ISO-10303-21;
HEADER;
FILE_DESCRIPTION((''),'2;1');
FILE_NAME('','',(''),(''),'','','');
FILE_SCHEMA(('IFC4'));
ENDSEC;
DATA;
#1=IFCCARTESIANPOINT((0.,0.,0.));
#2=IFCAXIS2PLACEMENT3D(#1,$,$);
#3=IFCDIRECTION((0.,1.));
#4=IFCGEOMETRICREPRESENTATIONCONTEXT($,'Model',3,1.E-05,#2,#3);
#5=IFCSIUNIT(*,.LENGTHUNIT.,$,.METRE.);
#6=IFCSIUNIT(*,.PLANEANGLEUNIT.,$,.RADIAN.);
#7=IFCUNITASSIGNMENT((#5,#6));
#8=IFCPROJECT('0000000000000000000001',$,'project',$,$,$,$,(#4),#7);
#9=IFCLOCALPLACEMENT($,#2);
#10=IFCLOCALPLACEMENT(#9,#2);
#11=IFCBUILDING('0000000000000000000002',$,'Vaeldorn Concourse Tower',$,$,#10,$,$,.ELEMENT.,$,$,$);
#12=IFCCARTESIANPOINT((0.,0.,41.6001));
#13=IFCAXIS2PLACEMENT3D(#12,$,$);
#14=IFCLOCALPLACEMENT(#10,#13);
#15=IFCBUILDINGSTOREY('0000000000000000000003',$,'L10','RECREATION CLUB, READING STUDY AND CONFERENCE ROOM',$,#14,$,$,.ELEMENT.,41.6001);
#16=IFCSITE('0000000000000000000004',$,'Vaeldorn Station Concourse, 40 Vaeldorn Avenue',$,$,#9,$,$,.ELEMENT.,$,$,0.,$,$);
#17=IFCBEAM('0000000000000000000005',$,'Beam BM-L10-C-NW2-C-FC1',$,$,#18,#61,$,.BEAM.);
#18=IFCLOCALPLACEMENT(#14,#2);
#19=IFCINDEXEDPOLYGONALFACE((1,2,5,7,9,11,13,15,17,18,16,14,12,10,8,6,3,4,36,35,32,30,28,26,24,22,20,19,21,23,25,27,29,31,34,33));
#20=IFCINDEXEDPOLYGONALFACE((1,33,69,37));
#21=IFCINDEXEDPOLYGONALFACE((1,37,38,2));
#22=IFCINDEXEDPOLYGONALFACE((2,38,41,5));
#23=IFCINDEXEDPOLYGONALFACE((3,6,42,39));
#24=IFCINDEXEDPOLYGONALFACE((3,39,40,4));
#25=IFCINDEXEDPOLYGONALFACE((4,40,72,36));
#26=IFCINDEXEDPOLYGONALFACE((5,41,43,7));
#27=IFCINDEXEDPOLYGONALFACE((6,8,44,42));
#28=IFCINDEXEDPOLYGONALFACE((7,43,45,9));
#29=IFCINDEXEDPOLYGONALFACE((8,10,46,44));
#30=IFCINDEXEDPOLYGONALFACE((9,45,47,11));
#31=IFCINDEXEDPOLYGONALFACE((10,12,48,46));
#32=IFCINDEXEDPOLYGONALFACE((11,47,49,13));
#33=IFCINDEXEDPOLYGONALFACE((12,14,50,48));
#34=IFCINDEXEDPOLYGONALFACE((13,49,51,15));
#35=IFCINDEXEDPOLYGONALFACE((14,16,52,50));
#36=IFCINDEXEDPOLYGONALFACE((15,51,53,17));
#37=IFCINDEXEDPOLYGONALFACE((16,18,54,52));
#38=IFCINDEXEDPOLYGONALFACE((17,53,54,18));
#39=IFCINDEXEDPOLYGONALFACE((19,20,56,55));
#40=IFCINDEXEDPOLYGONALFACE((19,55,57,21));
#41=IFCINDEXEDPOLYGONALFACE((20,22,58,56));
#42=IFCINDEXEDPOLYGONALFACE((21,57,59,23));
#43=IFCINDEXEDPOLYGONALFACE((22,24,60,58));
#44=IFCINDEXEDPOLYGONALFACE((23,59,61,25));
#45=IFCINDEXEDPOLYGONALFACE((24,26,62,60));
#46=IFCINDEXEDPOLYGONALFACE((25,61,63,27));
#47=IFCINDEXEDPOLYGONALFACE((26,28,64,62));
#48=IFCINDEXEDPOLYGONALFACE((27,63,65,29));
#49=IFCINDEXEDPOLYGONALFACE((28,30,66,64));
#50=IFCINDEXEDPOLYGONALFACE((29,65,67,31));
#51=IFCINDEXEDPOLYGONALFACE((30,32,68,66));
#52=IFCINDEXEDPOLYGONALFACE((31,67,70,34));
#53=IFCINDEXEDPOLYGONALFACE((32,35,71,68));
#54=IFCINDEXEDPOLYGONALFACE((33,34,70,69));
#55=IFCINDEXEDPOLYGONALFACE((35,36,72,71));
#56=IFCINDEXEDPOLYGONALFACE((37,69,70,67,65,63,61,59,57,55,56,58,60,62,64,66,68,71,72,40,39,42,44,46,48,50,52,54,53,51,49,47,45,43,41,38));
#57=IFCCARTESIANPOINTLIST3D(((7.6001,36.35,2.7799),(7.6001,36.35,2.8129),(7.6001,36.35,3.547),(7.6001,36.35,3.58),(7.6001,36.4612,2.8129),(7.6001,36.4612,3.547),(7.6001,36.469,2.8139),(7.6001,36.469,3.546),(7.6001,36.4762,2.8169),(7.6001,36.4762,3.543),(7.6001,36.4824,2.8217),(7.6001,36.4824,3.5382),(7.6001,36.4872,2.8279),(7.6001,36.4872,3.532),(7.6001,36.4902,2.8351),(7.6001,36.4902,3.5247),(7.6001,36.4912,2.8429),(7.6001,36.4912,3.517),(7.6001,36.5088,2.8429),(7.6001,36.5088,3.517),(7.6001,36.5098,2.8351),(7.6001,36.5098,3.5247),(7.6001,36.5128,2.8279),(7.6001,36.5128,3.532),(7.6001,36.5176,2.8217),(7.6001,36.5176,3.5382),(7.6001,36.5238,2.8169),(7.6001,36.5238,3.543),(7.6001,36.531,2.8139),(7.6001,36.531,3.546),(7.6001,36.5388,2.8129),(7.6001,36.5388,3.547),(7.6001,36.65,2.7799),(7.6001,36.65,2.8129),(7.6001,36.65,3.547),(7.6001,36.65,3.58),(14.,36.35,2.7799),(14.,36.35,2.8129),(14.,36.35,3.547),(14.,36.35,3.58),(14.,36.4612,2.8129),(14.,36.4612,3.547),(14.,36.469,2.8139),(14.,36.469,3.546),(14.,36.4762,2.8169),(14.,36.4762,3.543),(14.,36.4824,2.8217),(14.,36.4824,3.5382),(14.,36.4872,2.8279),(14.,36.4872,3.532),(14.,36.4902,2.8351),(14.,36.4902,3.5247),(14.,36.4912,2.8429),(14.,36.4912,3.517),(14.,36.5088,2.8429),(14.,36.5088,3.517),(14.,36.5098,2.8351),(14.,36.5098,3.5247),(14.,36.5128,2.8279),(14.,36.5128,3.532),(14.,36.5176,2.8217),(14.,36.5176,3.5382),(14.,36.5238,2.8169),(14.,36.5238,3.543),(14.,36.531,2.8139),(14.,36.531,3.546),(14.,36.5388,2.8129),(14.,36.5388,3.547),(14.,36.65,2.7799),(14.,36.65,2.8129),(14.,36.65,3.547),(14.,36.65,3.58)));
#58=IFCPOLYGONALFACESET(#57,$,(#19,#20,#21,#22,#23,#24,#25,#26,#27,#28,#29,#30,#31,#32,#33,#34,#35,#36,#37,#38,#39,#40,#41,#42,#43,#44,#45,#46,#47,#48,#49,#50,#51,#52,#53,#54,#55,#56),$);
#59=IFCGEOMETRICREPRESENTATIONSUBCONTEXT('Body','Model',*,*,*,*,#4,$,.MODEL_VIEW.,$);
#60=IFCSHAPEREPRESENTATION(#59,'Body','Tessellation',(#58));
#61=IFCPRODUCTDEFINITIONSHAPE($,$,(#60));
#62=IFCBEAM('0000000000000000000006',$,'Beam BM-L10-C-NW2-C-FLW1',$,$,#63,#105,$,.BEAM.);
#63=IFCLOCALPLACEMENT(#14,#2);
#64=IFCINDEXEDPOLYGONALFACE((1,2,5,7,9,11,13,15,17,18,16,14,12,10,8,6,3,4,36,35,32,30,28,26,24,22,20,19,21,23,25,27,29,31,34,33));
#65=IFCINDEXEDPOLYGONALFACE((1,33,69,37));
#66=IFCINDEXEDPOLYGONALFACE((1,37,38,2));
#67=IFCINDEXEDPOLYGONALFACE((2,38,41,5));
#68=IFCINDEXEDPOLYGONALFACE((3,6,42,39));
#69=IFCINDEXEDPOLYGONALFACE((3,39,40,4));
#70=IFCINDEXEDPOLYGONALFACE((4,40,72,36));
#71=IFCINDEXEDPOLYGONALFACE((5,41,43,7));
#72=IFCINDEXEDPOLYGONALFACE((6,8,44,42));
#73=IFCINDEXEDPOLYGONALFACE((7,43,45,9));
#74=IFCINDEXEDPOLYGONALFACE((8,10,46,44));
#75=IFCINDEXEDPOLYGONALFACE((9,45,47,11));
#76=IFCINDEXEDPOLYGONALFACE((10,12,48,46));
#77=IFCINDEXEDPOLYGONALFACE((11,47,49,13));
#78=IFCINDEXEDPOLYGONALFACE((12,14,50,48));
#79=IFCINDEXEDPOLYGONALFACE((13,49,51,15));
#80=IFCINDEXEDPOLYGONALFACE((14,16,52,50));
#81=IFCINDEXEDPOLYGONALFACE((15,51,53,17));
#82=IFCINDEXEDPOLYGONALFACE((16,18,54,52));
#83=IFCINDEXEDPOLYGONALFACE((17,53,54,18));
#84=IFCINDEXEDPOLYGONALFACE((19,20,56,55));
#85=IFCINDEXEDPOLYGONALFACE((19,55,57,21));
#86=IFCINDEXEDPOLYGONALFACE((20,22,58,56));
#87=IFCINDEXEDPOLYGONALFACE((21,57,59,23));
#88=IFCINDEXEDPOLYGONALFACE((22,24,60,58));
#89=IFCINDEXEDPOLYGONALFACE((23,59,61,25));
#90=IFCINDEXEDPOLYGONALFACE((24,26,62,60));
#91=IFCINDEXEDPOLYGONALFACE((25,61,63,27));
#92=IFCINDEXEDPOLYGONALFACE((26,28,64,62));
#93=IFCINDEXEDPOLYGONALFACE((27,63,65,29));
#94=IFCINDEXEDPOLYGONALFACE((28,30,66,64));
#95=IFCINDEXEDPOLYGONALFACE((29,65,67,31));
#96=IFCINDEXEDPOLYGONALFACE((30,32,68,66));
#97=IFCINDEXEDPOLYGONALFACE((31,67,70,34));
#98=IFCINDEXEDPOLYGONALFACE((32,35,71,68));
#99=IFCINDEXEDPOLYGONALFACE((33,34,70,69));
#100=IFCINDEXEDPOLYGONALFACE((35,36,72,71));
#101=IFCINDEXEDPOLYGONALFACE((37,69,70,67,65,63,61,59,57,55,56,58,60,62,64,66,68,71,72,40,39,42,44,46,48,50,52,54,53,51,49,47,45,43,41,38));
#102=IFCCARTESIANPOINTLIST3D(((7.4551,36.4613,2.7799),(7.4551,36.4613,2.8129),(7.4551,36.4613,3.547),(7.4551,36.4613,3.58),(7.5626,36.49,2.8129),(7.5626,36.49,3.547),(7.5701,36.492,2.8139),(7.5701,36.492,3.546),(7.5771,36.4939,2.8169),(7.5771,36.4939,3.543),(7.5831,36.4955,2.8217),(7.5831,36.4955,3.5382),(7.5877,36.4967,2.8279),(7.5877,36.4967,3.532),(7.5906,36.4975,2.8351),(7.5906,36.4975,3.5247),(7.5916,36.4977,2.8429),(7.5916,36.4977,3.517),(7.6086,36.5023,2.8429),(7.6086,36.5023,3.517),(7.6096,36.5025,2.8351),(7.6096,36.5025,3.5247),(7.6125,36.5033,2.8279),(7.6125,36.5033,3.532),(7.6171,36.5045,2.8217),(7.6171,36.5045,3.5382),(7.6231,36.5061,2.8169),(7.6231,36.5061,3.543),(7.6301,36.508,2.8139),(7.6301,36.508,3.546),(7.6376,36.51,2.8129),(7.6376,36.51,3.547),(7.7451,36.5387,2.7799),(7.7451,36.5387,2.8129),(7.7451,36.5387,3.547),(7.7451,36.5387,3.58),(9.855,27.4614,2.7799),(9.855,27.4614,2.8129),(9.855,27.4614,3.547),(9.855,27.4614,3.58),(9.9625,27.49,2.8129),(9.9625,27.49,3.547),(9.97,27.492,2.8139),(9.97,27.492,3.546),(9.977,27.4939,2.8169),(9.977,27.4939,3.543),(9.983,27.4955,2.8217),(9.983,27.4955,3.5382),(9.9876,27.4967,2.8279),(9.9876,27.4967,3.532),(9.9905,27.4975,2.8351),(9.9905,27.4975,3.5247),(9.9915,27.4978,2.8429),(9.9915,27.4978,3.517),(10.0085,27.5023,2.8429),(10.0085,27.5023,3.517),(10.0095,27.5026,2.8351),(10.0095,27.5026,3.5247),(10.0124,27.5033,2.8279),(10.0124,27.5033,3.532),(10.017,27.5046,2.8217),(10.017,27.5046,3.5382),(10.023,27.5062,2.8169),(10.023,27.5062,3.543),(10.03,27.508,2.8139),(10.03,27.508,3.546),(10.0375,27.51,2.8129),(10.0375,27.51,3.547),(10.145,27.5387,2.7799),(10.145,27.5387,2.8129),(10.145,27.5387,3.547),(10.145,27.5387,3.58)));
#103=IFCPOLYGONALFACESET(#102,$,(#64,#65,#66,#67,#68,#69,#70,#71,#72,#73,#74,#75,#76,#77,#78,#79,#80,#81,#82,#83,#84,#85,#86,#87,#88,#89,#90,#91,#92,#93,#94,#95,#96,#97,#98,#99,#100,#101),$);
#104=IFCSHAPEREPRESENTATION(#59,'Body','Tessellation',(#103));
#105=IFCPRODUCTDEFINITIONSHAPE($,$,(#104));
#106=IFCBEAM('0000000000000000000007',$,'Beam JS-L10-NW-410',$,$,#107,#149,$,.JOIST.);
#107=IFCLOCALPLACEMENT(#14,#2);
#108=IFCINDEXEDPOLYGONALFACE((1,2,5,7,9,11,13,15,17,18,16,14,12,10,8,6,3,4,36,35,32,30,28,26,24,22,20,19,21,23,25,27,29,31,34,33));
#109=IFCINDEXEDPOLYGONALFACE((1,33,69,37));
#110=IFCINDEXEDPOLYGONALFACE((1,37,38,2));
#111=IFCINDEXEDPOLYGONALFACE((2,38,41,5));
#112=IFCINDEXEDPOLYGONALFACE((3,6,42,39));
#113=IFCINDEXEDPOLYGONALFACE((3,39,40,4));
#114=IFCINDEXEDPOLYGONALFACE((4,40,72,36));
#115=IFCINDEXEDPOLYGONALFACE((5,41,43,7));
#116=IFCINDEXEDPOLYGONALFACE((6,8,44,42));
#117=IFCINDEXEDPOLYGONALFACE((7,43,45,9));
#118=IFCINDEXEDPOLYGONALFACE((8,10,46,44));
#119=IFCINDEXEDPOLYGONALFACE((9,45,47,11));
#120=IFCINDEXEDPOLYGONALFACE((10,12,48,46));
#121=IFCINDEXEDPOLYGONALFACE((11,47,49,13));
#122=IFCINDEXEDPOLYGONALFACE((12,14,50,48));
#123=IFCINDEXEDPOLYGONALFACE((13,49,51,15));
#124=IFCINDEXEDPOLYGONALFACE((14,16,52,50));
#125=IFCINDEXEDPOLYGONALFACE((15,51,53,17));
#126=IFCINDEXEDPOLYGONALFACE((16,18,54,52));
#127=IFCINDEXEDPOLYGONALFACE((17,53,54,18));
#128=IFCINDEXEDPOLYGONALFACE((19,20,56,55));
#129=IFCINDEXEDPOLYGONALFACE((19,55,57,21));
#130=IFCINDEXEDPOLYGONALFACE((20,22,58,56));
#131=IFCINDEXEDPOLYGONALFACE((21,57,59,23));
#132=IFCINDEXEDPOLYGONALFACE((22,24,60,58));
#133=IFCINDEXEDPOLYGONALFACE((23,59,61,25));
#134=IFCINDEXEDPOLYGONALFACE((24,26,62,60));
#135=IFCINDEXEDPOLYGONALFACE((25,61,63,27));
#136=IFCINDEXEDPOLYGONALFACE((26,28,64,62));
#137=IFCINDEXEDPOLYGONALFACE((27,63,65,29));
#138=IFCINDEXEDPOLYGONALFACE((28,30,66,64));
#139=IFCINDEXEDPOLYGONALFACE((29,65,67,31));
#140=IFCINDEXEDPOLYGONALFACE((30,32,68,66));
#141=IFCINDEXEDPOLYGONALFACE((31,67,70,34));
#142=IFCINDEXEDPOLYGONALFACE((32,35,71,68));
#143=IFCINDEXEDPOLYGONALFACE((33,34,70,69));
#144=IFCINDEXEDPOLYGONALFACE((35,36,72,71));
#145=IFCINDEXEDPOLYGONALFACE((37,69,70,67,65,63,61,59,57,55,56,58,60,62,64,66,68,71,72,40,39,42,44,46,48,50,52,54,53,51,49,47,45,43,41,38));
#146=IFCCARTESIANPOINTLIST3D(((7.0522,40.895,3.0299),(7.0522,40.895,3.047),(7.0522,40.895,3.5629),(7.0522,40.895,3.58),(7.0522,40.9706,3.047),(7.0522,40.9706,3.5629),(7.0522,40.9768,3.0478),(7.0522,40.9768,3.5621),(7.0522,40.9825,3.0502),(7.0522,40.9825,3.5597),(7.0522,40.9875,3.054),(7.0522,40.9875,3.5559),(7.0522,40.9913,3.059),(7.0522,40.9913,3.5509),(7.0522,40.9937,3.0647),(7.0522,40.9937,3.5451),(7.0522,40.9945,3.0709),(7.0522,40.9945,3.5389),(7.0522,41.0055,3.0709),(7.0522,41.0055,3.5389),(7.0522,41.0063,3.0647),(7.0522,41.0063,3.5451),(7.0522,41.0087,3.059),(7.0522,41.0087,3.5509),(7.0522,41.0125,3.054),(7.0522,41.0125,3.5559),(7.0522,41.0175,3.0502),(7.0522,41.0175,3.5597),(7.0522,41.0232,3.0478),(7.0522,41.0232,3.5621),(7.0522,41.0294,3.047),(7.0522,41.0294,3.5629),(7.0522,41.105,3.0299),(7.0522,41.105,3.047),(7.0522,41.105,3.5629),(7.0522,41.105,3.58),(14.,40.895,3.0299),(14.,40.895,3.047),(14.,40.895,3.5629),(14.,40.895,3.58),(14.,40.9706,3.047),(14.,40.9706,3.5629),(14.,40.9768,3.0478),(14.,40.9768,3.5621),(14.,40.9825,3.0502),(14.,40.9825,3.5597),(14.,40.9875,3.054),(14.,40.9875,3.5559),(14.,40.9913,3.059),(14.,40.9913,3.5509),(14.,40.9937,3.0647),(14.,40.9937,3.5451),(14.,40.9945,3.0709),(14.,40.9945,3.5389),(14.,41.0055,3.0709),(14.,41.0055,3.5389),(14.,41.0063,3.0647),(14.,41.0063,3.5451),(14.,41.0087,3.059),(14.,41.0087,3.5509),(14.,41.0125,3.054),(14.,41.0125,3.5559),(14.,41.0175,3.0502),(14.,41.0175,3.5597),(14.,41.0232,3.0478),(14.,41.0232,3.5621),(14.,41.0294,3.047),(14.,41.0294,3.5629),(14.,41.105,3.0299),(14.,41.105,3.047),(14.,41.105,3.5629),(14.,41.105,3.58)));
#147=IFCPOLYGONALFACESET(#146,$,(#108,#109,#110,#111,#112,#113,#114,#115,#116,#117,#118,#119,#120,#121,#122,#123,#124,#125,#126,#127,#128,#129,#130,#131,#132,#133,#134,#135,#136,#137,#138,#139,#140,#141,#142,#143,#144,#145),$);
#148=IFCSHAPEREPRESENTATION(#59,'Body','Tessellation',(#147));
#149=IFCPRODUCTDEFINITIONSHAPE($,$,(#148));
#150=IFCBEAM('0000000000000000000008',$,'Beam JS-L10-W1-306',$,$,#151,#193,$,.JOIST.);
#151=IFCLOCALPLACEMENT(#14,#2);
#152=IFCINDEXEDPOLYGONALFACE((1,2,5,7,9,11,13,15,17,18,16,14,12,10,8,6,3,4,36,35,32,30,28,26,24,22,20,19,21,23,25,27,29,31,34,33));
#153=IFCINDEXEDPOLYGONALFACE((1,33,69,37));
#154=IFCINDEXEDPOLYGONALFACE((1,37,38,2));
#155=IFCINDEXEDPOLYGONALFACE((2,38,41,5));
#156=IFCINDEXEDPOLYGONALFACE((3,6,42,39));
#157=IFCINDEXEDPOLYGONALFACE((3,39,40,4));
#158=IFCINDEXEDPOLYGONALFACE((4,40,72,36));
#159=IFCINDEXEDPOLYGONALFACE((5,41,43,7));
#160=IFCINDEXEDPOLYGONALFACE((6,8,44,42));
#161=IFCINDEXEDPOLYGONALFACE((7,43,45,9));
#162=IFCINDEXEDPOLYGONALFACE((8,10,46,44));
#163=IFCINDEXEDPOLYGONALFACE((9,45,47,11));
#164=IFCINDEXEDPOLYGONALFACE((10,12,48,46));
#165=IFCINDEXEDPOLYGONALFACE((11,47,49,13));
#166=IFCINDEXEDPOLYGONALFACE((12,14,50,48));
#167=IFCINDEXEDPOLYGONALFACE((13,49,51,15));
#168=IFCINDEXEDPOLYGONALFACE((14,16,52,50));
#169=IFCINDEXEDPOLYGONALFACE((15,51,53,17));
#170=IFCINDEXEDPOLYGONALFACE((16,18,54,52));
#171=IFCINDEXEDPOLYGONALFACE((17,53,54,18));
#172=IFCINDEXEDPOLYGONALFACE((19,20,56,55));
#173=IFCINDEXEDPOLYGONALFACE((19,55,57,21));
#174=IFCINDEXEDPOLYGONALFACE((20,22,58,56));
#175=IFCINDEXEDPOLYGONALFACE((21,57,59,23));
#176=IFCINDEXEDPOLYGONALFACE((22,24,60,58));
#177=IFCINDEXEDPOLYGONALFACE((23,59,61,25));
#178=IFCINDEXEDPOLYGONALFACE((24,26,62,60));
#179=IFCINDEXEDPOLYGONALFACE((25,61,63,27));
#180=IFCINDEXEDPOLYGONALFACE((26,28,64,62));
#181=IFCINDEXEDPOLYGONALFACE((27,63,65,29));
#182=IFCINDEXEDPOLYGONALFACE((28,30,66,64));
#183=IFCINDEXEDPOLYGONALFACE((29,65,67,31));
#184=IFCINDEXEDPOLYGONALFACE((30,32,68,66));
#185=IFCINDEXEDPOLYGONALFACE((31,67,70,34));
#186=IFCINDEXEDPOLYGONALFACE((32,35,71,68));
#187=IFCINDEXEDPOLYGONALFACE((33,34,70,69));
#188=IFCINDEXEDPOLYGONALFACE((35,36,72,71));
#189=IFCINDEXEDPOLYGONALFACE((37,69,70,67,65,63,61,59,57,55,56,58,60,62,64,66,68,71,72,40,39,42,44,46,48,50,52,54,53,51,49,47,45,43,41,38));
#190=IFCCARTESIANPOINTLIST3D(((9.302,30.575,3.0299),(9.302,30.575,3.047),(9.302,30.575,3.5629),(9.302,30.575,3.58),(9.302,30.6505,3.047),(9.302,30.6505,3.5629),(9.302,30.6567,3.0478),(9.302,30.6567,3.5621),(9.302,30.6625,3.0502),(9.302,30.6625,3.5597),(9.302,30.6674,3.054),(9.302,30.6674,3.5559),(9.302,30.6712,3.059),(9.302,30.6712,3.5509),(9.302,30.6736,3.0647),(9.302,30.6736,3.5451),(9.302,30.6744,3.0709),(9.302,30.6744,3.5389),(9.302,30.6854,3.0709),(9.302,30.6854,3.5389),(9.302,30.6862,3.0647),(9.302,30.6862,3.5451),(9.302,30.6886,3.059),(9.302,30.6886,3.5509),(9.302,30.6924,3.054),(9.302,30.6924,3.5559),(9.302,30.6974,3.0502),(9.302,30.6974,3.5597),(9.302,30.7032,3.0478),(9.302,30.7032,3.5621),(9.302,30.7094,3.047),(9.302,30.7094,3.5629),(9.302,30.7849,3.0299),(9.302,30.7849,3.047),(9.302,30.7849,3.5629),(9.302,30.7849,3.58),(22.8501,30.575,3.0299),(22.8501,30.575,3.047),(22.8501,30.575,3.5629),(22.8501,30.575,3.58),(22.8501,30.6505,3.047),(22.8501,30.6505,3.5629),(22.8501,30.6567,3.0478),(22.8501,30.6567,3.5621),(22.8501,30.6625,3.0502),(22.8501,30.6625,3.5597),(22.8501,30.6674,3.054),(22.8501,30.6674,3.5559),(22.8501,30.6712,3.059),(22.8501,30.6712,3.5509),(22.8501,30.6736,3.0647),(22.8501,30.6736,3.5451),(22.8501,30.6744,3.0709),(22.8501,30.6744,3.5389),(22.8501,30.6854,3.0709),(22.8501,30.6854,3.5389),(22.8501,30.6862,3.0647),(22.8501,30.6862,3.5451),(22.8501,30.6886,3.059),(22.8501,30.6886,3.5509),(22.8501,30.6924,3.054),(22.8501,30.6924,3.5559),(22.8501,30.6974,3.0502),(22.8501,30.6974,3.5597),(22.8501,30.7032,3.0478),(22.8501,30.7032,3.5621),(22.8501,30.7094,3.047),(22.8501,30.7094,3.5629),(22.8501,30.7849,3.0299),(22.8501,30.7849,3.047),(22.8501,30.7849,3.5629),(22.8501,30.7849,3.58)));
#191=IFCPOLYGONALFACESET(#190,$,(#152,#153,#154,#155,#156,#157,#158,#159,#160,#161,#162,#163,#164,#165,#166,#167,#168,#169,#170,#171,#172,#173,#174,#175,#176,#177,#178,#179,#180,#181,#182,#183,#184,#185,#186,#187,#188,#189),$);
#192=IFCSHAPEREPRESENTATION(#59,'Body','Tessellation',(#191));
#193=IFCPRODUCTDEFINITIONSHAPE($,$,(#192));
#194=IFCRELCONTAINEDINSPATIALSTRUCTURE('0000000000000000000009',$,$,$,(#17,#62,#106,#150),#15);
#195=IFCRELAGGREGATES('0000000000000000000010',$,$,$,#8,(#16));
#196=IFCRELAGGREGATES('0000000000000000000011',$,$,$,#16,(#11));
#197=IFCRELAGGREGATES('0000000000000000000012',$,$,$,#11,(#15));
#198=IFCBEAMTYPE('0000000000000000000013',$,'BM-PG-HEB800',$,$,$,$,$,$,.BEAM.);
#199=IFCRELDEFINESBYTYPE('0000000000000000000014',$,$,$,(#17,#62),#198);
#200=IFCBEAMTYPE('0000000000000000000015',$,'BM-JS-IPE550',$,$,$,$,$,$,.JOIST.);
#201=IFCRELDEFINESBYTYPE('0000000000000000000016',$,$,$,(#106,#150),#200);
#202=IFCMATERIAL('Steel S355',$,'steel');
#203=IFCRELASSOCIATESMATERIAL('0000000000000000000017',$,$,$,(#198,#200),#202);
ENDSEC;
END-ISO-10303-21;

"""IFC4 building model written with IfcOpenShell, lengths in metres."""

from ifc_helpers import new_model, si_unit, direction, frame, origin, origin_2d, place, context, subcontext, project, spatial, i_section, extrude, source, transform, mapped, material, material_profile, profile_set, type_object, element, save


model = new_model("IFC4")

# Units and contexts
model_context = context("Model", 3, precision=1e-05, world=origin(), true_north=direction((0.0, 1.0)))
body_context = subcontext(model_context, "Body", "Model", "MODEL_VIEW")
ifc_project = project(units=[si_unit("LENGTHUNIT", "METRE"), si_unit("PLANEANGLEUNIT", "RADIAN")], contexts=[model_context])

# Site, building, storey
site_placement = place(None, origin())
site = spatial("IfcSite", under=ifc_project, at=site_placement, Name="Vaeldorn Station Concourse, 40 Vaeldorn Avenue", CompositionType="ELEMENT", RefElevation=0.0)
building_placement = place(site_placement, origin())
building = spatial("IfcBuilding", under=site, at=building_placement, Name="Vaeldorn Concourse Tower", CompositionType="ELEMENT")
storey_placement = place(building_placement, frame((0.0, 0.0, 41.6001)))
storey = spatial("IfcBuildingStorey", under=building, at=storey_placement, Name="L10", Description="RECREATION CLUB, READING STUDY AND CONFERENCE ROOM", CompositionType="ELEMENT", Elevation=41.6001)

# Beams
ifc_material_1 = material(Name="Steel S355", Category="steel")
ifc_material_profile_1 = material_profile(ifc_material_1, i_section(OverallWidth=0.3, OverallDepth=0.8, WebThickness=0.0176, FlangeThickness=0.033, FilletRadius=0.03, at=origin_2d()), Name="HEB 800")
ifc_profile_set_1 = profile_set([ifc_material_profile_1], Name="Steel S355")
beam_type_1 = type_object("IfcBeamType", Name="BM-PG-HEB800", PredefinedType="BEAM", material=ifc_profile_set_1)
shared_shape_1 = source(origin(), body_context, "Body", "SweptSolid", [
    extrude(i_section(OverallWidth=0.3, OverallDepth=0.8, WebThickness=0.0176, FlangeThickness=0.033, FilletRadius=0.03, at=origin_2d()), origin(), (0.0, 0.0, 1.0), 6.3999),
])
beam_1_placement = place(storey_placement, frame((7.6001, 36.5, 3.1799), z_axis=(1.0, 0.0, 0.0), x_axis=(0.0, 1.0, 0.0)))
element("IfcBeam", 1, at=beam_1_placement, inside=storey, type_object=beam_type_1, Name="Beam BM-L10-C-NW2-C-FC1", PredefinedType="BEAM", context=body_context, shape_type="MappedRepresentation", body=[
    mapped(shared_shape_1, transform((0.0, 0.0, 0.0), scale=1.0)),
])
shared_shape_2 = source(origin(), body_context, "Body", "SweptSolid", [
    extrude(i_section(OverallWidth=0.3, OverallDepth=0.8, WebThickness=0.0176, FlangeThickness=0.033, FilletRadius=0.03, at=origin_2d()), origin(), (0.0, 0.0, 1.0), 9.3145),
])
beam_2_placement = place(storey_placement, frame((7.6001, 36.5, 3.1799), z_axis=(0.257653, -0.966238, 0.0), x_axis=(0.966238, 0.257653, 0.0)))
element("IfcBeam", 2, at=beam_2_placement, inside=storey, type_object=beam_type_1, Name="Beam BM-L10-C-NW2-C-FLW1", PredefinedType="BEAM", context=body_context, shape_type="MappedRepresentation", body=[
    mapped(shared_shape_2, transform((0.0, 0.0, 0.0), scale=1.0)),
])
ifc_material_profile_2 = material_profile(ifc_material_1, i_section(OverallWidth=0.21, OverallDepth=0.55, WebThickness=0.011, FlangeThickness=0.0171, FilletRadius=0.0239, at=origin_2d()), Name="IPE 550")
ifc_profile_set_2 = profile_set([ifc_material_profile_2], Name="Steel S355")
beam_type_2 = type_object("IfcBeamType", Name="BM-JS-IPE550", PredefinedType="JOIST", material=ifc_profile_set_2)
shared_shape_3 = source(origin(), body_context, "Body", "SweptSolid", [
    extrude(i_section(OverallWidth=0.21, OverallDepth=0.55, WebThickness=0.011, FlangeThickness=0.0171, FilletRadius=0.0239, at=origin_2d()), origin(), (0.0, 0.0, 1.0), 6.9478),
])
beam_3_placement = place(storey_placement, frame((7.0522, 41.0, 3.3049), z_axis=(1.0, 0.0, 0.0), x_axis=(0.0, 1.0, 0.0)))
element("IfcBeam", 3, at=beam_3_placement, inside=storey, type_object=beam_type_2, Name="Beam JS-L10-NW-410", PredefinedType="JOIST", context=body_context, shape_type="MappedRepresentation", body=[
    mapped(shared_shape_3, transform((0.0, 0.0, 0.0), scale=1.0)),
])
shared_shape_4 = source(origin(), body_context, "Body", "SweptSolid", [
    extrude(i_section(OverallWidth=0.21, OverallDepth=0.55, WebThickness=0.011, FlangeThickness=0.0171, FilletRadius=0.0239, at=origin_2d()), origin(), (0.0, 0.0, 1.0), 13.5481),
])
beam_4_placement = place(storey_placement, frame((9.302, 30.6799, 3.3049), z_axis=(1.0, 0.0, 0.0), x_axis=(0.0, 1.0, 0.0)))
element("IfcBeam", 4, at=beam_4_placement, inside=storey, type_object=beam_type_2, Name="Beam JS-L10-W1-306", PredefinedType="JOIST", context=body_context, shape_type="MappedRepresentation", body=[
    mapped(shared_shape_4, transform((0.0, 0.0, 0.0), scale=1.0)),
])

save(model, "model.ifc")
